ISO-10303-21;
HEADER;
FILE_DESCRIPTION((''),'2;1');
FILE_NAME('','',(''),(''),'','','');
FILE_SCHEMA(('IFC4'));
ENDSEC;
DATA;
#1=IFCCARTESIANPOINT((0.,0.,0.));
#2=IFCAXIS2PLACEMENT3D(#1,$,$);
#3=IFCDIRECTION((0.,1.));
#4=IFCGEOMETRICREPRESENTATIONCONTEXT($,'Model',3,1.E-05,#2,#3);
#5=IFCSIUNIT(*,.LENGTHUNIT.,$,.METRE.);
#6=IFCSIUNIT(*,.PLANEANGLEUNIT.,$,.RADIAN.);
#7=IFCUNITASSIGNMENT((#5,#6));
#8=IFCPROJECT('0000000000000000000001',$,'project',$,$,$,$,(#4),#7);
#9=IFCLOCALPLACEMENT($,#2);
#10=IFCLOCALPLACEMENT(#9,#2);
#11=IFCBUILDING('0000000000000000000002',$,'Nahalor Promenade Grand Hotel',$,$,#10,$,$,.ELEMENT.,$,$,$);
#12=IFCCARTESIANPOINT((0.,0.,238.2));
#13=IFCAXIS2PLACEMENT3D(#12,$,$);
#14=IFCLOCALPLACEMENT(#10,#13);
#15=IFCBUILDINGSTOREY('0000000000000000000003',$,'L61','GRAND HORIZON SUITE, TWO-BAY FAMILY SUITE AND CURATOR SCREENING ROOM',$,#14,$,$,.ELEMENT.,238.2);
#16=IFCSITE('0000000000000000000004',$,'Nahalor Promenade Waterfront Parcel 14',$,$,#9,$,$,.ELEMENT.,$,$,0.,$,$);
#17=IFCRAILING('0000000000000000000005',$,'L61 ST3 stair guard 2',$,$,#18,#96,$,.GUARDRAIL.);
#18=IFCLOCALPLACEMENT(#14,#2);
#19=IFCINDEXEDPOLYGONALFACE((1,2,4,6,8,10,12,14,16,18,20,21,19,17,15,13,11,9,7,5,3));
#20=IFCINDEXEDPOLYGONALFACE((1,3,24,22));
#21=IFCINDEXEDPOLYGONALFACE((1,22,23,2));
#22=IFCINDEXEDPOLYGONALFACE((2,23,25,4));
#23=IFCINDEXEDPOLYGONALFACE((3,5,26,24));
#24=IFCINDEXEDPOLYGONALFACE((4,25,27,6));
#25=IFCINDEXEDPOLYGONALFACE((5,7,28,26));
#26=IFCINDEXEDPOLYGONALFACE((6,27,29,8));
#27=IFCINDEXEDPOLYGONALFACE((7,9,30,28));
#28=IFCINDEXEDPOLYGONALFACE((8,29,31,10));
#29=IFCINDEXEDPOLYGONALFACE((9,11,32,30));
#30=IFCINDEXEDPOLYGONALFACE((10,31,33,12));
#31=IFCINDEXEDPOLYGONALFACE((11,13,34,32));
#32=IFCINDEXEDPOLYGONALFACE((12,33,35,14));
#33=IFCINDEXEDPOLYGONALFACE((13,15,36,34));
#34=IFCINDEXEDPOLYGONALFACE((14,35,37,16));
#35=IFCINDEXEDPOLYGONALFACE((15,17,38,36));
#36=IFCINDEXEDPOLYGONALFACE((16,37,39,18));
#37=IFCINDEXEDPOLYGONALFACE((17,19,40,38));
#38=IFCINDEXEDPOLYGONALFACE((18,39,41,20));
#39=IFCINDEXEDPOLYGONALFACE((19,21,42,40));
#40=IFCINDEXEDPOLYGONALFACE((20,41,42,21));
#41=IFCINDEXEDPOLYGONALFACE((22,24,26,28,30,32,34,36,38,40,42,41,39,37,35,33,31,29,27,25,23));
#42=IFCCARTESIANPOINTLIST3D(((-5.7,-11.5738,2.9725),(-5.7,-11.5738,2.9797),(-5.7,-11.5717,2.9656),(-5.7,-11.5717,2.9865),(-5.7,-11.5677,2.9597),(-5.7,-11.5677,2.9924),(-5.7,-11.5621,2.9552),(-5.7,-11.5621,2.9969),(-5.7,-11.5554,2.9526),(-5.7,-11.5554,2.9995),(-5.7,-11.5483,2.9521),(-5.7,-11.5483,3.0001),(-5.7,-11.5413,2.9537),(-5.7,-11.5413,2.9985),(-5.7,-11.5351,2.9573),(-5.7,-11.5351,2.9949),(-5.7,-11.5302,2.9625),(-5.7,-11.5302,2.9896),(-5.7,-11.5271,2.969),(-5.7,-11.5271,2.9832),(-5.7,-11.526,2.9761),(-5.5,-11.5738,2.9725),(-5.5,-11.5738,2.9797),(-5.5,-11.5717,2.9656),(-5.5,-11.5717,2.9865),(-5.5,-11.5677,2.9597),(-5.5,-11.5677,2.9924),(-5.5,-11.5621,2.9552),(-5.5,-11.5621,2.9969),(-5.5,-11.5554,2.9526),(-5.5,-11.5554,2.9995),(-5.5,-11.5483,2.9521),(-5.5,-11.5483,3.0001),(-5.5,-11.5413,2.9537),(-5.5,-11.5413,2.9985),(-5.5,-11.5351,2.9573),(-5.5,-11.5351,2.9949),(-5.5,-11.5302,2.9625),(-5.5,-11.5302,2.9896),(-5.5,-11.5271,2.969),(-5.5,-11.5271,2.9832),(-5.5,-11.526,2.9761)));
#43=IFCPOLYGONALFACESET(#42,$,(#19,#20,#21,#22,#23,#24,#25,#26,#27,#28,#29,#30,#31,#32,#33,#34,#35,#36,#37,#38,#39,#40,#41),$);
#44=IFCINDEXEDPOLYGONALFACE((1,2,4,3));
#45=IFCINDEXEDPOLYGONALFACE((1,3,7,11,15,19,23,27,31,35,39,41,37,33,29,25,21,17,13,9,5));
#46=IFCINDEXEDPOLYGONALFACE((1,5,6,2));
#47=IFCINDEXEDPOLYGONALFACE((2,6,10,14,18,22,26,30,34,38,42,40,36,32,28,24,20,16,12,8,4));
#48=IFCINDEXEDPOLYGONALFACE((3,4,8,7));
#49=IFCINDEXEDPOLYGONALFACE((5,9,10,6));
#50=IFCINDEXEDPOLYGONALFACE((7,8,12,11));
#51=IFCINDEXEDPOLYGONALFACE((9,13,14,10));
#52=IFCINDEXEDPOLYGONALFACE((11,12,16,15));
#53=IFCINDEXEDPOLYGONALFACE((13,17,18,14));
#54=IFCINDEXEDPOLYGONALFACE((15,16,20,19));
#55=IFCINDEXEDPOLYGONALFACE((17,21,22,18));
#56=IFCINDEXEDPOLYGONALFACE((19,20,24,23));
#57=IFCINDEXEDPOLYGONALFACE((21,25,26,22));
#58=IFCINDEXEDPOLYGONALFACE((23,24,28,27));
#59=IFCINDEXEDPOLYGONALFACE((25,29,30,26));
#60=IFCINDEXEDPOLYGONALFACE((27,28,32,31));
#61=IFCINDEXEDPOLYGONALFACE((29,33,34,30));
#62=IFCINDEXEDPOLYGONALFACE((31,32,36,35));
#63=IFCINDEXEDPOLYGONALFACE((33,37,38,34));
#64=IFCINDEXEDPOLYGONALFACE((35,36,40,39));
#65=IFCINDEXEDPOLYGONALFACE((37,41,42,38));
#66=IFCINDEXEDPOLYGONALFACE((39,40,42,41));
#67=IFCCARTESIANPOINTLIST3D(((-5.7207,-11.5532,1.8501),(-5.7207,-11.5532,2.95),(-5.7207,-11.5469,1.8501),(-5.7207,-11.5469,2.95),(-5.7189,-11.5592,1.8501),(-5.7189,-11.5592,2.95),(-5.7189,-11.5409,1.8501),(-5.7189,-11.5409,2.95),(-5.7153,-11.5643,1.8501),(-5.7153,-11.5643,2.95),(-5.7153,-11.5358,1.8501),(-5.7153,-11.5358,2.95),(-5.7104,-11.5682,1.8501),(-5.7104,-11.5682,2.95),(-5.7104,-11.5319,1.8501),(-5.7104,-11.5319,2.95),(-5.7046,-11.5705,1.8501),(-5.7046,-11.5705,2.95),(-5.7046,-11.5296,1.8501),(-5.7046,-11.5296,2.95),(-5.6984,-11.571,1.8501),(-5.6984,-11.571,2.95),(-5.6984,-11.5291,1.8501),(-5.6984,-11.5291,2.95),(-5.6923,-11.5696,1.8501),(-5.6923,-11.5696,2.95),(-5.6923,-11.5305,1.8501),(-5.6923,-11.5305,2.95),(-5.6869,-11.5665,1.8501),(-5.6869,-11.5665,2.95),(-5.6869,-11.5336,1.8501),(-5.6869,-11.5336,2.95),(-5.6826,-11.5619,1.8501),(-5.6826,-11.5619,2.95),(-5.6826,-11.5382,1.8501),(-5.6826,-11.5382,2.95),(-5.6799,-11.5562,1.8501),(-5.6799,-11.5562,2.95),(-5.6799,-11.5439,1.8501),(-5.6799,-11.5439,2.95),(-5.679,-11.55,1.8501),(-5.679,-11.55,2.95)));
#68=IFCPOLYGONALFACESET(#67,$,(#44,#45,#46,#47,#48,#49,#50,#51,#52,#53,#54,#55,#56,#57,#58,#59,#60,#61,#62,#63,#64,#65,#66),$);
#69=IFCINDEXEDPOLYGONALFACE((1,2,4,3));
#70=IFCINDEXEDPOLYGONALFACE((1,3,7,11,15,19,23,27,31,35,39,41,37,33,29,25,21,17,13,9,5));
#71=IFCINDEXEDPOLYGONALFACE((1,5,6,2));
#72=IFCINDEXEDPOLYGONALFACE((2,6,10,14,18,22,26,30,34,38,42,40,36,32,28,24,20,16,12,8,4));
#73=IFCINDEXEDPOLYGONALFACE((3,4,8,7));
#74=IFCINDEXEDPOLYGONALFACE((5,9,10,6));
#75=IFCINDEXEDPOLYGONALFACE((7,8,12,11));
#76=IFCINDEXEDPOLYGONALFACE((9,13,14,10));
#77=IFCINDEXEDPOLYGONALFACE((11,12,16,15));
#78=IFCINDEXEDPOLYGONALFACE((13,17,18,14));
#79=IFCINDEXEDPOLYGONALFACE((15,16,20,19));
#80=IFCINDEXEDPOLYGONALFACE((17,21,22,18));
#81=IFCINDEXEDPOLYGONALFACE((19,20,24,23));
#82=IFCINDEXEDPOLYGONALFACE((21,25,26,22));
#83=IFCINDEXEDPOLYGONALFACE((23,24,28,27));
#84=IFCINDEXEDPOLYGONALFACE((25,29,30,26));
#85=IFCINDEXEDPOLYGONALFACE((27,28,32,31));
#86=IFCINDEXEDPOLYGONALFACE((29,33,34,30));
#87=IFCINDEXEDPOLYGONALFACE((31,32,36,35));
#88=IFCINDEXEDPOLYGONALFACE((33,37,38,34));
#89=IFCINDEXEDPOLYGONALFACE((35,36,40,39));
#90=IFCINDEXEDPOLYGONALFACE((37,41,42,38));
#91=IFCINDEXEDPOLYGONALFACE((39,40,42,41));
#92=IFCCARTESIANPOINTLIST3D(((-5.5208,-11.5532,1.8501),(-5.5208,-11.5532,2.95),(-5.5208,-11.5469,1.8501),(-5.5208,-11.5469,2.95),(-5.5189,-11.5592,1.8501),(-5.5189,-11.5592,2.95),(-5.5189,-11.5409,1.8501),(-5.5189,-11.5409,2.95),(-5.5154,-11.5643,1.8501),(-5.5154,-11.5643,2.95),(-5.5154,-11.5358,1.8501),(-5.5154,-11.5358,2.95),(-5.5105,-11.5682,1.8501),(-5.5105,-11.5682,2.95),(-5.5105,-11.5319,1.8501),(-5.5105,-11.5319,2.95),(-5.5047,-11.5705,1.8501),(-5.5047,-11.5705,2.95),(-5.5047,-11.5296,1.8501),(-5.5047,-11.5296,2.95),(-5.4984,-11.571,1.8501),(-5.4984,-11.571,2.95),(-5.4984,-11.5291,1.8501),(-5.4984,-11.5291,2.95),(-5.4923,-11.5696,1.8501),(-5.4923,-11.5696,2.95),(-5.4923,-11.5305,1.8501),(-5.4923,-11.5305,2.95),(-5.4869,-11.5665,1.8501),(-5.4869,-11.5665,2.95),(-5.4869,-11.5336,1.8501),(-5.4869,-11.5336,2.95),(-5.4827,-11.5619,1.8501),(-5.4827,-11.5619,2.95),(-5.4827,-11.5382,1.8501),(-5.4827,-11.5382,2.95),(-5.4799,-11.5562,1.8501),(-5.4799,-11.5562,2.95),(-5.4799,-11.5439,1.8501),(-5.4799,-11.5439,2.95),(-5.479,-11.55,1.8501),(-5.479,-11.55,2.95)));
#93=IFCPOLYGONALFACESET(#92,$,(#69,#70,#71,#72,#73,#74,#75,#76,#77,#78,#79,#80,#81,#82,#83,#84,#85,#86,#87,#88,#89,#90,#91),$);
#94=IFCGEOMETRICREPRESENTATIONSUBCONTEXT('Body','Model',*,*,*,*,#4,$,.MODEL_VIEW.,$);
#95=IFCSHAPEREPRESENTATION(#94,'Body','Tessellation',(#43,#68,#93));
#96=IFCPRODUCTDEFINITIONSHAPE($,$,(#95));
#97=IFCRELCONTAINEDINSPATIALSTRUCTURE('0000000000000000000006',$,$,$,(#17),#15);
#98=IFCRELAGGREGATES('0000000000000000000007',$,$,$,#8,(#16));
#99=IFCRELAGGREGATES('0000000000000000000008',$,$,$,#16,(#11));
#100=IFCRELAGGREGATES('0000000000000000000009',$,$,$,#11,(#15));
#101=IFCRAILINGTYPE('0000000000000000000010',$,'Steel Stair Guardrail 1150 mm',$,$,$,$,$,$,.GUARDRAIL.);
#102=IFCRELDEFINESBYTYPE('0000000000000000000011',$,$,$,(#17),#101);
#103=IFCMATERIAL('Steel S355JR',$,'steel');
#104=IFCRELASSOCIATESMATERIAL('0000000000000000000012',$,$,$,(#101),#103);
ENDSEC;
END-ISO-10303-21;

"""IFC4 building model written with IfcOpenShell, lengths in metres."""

from ifc_helpers import new_model, si_unit, direction, frame, origin, origin_2d, place, context, subcontext, project, spatial, circle, extrude, material, type_object, element, save


model = new_model("IFC4")

# Units and contexts
model_context = context("Model", 3, precision=1e-05, world=origin(), true_north=direction((0.0, 1.0)))
body_context = subcontext(model_context, "Body", "Model", "MODEL_VIEW")
ifc_project = project(units=[si_unit("LENGTHUNIT", "METRE"), si_unit("PLANEANGLEUNIT", "RADIAN")], contexts=[model_context])

# Site, building, storey
site_placement = place(None, origin())
site = spatial("IfcSite", under=ifc_project, at=site_placement, Name="Nahalor Promenade Waterfront Parcel 14", CompositionType="ELEMENT", RefElevation=0.0)
building_placement = place(site_placement, origin())
building = spatial("IfcBuilding", under=site, at=building_placement, Name="Nahalor Promenade Grand Hotel", CompositionType="ELEMENT")
storey_placement = place(building_placement, frame((0.0, 0.0, 238.2)))
storey = spatial("IfcBuildingStorey", under=building, at=storey_placement, Name="L61", Description="GRAND HORIZON SUITE, TWO-BAY FAMILY SUITE AND CURATOR SCREENING ROOM", CompositionType="ELEMENT", Elevation=238.2)

# Shared definitions
ifc_material_1 = material(Name="Steel S355JR", Category="steel")

# Railing
railing_type_1 = type_object("IfcRailingType", Name="Steel Stair Guardrail 1150 mm", PredefinedType="GUARDRAIL", material=ifc_material_1)
railing_1_placement = place(storey_placement, frame((-5.7, -11.55, 1.8501)))
element("IfcRailing", 1, at=railing_1_placement, inside=storey, type_object=railing_type_1, Name="L61 ST3 stair guard 2", PredefinedType="GUARDRAIL", context=body_context, shape_type="SweptSolid", body=[
    extrude(circle(Radius=0.024, at=origin_2d()), frame((0.0, 0.0, 1.126), z_axis=(1.0, 0.0, 0.0), x_axis=(0.0, 1.0, 0.0)), (0.0, 0.0, 1.0), 0.2),
    extrude(circle(Radius=0.021, at=origin_2d()), origin(), (0.0, 0.0, 1.0), 1.0999),
    extrude(circle(Radius=0.021, at=origin_2d()), frame((0.2, 0.0, 0.0)), (0.0, 0.0, 1.0), 1.0999),
])

save(model, "model.ifc")
